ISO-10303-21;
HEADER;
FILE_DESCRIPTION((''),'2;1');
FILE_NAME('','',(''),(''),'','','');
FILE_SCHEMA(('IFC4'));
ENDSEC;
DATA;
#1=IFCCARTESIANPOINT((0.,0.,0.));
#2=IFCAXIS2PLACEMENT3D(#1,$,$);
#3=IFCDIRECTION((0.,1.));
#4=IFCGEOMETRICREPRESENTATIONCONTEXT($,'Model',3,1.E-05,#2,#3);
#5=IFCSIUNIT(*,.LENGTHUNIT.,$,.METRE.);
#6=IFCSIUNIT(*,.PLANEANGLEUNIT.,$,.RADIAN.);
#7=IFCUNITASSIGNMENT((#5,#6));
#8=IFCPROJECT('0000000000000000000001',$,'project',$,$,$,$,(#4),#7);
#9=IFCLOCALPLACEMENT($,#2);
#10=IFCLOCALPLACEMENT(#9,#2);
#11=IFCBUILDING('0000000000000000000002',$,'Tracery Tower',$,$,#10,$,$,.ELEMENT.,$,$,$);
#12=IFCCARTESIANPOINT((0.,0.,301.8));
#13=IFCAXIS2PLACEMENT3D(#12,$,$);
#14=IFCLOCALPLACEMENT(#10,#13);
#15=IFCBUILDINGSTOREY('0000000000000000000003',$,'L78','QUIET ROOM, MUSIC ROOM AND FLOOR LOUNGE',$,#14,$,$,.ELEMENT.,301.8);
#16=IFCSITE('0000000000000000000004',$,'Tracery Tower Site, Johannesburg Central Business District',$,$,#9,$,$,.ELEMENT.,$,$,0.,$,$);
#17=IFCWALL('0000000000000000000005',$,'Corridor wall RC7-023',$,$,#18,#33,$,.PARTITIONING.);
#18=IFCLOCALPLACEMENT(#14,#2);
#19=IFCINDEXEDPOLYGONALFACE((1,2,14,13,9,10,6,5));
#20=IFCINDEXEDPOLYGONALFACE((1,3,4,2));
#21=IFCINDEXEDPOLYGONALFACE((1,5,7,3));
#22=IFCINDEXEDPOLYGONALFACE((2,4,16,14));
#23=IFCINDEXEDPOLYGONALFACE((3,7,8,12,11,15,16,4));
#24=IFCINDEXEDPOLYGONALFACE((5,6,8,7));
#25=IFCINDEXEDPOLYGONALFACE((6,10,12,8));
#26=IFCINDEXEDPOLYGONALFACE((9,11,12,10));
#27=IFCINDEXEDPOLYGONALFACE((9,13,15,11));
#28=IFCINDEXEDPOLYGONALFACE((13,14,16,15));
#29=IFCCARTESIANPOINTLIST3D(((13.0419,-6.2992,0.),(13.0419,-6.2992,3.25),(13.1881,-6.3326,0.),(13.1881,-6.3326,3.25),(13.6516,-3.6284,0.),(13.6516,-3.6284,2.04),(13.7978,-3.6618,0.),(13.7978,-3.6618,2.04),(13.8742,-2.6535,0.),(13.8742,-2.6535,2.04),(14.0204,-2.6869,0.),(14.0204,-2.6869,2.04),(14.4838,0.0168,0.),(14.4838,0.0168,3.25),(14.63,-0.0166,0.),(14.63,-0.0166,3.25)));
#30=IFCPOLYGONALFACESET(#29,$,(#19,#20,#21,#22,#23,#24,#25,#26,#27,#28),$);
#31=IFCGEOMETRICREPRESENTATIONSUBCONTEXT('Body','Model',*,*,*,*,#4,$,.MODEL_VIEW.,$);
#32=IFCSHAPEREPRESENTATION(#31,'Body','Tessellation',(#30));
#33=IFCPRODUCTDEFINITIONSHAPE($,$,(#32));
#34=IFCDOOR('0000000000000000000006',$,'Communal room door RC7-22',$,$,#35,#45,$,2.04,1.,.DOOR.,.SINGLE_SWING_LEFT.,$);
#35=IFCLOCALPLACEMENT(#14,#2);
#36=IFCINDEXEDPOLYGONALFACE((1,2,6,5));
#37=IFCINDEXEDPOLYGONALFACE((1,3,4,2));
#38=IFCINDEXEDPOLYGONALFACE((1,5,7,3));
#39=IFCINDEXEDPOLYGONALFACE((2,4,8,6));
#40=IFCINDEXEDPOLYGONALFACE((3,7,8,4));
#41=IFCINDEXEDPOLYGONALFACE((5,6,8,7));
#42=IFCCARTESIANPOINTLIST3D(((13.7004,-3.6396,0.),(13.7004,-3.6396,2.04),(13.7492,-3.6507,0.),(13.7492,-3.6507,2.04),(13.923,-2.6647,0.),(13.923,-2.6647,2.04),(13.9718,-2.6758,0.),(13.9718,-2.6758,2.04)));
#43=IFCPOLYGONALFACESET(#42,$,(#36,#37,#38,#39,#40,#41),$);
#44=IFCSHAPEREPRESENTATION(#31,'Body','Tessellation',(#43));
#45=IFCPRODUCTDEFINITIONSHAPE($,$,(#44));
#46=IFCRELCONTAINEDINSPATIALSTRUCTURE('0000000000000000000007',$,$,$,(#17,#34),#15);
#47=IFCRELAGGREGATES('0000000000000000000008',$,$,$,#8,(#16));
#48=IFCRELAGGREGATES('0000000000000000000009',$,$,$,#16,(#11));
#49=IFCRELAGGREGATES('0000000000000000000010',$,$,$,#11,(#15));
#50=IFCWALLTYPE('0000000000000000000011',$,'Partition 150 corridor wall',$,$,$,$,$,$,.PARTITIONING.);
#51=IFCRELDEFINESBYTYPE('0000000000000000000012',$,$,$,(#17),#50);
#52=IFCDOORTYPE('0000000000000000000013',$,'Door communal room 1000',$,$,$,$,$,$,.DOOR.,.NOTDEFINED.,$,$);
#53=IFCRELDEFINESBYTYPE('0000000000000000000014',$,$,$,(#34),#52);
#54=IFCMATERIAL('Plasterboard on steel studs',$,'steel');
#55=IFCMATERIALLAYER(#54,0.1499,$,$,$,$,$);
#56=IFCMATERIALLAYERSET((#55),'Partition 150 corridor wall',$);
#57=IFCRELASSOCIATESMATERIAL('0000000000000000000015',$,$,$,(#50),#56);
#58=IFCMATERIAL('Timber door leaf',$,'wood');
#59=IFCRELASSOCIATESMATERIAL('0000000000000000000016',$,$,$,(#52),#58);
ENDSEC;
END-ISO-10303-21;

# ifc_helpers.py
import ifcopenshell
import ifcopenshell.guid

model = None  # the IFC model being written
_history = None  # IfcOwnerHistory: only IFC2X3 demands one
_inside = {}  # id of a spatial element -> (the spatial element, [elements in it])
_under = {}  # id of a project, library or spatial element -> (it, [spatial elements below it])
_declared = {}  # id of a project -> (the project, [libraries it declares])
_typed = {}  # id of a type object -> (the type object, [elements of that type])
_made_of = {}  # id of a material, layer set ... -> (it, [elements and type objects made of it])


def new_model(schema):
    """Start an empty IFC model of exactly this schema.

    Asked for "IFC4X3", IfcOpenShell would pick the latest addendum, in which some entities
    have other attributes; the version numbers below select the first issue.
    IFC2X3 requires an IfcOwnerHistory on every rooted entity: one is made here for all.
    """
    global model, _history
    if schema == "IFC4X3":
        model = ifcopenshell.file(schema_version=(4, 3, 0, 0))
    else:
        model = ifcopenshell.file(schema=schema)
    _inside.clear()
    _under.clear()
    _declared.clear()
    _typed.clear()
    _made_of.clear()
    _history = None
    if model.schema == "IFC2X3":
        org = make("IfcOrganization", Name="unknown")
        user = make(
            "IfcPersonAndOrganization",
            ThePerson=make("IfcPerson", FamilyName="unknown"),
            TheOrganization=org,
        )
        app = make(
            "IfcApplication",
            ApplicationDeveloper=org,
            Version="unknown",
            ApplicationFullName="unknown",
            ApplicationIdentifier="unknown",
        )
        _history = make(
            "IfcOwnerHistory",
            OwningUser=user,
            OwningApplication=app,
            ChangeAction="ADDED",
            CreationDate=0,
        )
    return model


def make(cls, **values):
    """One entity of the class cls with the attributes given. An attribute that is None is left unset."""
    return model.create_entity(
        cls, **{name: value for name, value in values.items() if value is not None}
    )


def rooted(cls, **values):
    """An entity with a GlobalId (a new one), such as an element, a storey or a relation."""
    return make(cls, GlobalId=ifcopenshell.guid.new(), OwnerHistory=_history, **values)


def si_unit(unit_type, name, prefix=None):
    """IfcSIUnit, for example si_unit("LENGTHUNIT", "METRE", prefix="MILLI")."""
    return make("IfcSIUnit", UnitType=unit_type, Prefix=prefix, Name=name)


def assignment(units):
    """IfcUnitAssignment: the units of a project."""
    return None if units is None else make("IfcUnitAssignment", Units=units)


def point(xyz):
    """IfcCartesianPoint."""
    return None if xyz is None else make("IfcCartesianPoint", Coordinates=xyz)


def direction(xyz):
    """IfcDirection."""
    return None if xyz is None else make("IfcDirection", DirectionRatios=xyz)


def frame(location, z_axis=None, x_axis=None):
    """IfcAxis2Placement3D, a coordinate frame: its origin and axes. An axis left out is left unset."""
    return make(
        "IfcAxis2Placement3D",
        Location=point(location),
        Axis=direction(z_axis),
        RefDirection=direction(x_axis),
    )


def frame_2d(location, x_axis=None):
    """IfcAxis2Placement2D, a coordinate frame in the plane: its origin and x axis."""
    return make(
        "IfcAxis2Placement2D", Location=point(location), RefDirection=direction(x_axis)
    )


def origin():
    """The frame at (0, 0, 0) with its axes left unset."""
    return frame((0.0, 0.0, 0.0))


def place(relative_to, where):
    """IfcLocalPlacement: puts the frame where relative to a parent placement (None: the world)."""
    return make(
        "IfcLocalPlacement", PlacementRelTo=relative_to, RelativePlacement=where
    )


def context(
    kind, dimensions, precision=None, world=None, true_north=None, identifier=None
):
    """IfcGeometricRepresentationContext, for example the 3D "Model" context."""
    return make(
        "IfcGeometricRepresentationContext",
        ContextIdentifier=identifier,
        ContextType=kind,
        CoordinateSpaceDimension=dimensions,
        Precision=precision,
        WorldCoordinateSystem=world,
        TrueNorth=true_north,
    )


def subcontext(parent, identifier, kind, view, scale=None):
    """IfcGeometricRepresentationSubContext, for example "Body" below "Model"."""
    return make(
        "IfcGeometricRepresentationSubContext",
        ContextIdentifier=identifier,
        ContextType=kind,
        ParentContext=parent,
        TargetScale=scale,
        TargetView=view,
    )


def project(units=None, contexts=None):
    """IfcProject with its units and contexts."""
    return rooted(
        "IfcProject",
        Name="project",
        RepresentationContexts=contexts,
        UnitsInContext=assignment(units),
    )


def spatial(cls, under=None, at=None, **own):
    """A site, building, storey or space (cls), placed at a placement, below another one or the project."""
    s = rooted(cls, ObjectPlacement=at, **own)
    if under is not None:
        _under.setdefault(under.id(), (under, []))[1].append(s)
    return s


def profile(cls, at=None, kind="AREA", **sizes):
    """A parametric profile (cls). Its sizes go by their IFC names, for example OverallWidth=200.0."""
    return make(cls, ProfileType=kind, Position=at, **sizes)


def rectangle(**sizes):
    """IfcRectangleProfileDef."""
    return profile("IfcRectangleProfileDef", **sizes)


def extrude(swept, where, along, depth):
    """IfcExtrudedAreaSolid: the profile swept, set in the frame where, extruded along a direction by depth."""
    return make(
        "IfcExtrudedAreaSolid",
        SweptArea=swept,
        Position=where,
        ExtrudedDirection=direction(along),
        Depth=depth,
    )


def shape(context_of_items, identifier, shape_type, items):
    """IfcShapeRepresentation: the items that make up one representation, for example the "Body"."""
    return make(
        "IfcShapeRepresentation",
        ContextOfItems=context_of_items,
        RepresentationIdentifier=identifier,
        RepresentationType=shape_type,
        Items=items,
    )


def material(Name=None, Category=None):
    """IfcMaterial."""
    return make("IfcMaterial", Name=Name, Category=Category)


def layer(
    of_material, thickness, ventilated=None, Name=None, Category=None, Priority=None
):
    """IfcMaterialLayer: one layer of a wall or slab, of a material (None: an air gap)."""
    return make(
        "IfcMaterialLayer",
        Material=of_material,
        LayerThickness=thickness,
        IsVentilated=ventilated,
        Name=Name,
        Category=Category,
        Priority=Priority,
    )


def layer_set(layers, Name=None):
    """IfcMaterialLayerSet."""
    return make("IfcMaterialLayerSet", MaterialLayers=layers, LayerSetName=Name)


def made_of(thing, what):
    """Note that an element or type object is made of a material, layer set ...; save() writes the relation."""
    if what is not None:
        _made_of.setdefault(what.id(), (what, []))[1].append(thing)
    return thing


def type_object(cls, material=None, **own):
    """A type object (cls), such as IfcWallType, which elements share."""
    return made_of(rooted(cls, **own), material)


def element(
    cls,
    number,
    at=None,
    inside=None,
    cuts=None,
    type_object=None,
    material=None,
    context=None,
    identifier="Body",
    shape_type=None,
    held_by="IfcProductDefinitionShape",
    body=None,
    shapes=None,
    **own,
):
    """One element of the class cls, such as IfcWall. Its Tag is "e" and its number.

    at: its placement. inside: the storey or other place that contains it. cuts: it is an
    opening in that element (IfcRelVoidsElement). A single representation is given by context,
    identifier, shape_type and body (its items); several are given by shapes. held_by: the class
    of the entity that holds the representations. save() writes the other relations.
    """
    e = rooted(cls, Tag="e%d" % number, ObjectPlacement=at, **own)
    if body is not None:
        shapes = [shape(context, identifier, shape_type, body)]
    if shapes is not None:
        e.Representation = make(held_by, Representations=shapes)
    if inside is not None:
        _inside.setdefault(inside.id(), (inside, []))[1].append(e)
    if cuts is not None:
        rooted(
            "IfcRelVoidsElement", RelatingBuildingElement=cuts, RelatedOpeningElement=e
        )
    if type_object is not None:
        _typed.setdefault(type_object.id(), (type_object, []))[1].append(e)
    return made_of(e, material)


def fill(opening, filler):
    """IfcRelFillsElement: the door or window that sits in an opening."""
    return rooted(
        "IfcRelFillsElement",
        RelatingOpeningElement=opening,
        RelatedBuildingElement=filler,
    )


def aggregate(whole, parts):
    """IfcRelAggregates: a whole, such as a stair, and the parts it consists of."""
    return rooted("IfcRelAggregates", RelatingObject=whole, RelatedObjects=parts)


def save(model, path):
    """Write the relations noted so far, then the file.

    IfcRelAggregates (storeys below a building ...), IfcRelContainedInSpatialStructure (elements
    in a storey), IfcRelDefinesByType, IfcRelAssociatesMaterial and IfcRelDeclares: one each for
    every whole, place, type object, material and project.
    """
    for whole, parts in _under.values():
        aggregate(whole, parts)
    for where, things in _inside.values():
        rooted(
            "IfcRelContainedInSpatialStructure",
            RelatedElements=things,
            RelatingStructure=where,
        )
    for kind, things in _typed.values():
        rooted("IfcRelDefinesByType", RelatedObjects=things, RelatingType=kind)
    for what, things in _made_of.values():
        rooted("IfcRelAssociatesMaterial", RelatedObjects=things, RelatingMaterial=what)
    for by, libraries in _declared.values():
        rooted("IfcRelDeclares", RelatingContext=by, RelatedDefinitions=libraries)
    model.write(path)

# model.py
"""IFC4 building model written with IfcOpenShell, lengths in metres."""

from ifc_helpers import new_model, si_unit, direction, frame, frame_2d, origin, place, context, subcontext, project, spatial, rectangle, extrude, material, layer, layer_set, type_object, element, fill, save


model = new_model("IFC4")

# Units and contexts
model_context = context("Model", 3, precision=1e-05, world=origin(), true_north=direction((0.0, 1.0)))
body_context = subcontext(model_context, "Body", "Model", "MODEL_VIEW")
ifc_project = project(units=[si_unit("LENGTHUNIT", "METRE"), si_unit("PLANEANGLEUNIT", "RADIAN")], contexts=[model_context])

# Site, building, storey
site_placement = place(None, origin())
site = spatial("IfcSite", under=ifc_project, at=site_placement, Name="Tracery Tower Site, Johannesburg Central Business District", CompositionType="ELEMENT", RefElevation=0.0)
building_placement = place(site_placement, origin())
building = spatial("IfcBuilding", under=site, at=building_placement, Name="Tracery Tower", CompositionType="ELEMENT")
storey_placement = place(building_placement, frame((0.0, 0.0, 301.8)))
storey = spatial("IfcBuildingStorey", under=building, at=storey_placement, Name="L78", Description="QUIET ROOM, MUSIC ROOM AND FLOOR LOUNGE", CompositionType="ELEMENT", Elevation=301.8)

# Shared definitions
ifc_material_1 = material(Name="Plasterboard on steel studs", Category="steel")
ifc_layer_1 = layer(ifc_material_1, 0.1499)
ifc_layer_set_1 = layer_set([ifc_layer_1], Name="Partition 150 corridor wall")
wall_type_1 = type_object("IfcWallType", Name="Partition 150 corridor wall", PredefinedType="PARTITIONING", material=ifc_layer_set_1)

# Wall, opening, door
wall_1_placement = place(storey_placement, frame((13.115, -6.3159, 0.0), z_axis=(0.0, 0.0, 1.0), x_axis=(0.222569, 0.974917, 0.0)))
wall_1 = element("IfcWall", 1, at=wall_1_placement, inside=storey, type_object=wall_type_1, Name="Corridor wall RC7-023", PredefinedType="PARTITIONING", context=body_context, shape_type="SweptSolid", body=[
    extrude(rectangle(XDim=6.4785, YDim=0.1499, at=frame_2d((3.2393, 0.0))), origin(), (0.0, 0.0, 1.0), 3.25),
])
opening_1_placement = place(wall_1_placement, frame((2.7395, 0.0, 0.0)))
opening_1 = element("IfcOpeningElement", 2, at=opening_1_placement, cuts=wall_1, PredefinedType="OPENING", context=body_context, shape_type="SweptSolid", body=[
    extrude(rectangle(XDim=1.0, YDim=2.04, at=frame_2d((0.5, 1.02))), frame((0.0, 0.075, 0.0), z_axis=(0.0, -1.0, 0.0), x_axis=(1.0, 0.0, 0.0)), (0.0, 0.0, 1.0), 0.1499),
])
ifc_material_2 = material(Name="Timber door leaf", Category="wood")
door_type_1 = type_object("IfcDoorType", Name="Door communal room 1000", OperationType="NOTDEFINED", PredefinedType="DOOR", material=ifc_material_2)
door_1_placement = place(opening_1_placement, origin())
door_1 = element("IfcDoor", 3, at=door_1_placement, inside=storey, type_object=door_type_1, Name="Communal room door RC7-22", OperationType="SINGLE_SWING_LEFT", OverallHeight=2.04, OverallWidth=1.0, PredefinedType="DOOR", context=body_context, shape_type="SweptSolid", body=[
    extrude(rectangle(XDim=1.0, YDim=2.04, at=frame_2d((0.5, 1.02))), frame((0.0, 0.0249, 0.0), z_axis=(0.0, -1.0, 0.0), x_axis=(1.0, 0.0, 0.0)), (0.0, 0.0, 1.0), 0.05),
])
fill(opening_1, door_1)

save(model, "model.ifc")
